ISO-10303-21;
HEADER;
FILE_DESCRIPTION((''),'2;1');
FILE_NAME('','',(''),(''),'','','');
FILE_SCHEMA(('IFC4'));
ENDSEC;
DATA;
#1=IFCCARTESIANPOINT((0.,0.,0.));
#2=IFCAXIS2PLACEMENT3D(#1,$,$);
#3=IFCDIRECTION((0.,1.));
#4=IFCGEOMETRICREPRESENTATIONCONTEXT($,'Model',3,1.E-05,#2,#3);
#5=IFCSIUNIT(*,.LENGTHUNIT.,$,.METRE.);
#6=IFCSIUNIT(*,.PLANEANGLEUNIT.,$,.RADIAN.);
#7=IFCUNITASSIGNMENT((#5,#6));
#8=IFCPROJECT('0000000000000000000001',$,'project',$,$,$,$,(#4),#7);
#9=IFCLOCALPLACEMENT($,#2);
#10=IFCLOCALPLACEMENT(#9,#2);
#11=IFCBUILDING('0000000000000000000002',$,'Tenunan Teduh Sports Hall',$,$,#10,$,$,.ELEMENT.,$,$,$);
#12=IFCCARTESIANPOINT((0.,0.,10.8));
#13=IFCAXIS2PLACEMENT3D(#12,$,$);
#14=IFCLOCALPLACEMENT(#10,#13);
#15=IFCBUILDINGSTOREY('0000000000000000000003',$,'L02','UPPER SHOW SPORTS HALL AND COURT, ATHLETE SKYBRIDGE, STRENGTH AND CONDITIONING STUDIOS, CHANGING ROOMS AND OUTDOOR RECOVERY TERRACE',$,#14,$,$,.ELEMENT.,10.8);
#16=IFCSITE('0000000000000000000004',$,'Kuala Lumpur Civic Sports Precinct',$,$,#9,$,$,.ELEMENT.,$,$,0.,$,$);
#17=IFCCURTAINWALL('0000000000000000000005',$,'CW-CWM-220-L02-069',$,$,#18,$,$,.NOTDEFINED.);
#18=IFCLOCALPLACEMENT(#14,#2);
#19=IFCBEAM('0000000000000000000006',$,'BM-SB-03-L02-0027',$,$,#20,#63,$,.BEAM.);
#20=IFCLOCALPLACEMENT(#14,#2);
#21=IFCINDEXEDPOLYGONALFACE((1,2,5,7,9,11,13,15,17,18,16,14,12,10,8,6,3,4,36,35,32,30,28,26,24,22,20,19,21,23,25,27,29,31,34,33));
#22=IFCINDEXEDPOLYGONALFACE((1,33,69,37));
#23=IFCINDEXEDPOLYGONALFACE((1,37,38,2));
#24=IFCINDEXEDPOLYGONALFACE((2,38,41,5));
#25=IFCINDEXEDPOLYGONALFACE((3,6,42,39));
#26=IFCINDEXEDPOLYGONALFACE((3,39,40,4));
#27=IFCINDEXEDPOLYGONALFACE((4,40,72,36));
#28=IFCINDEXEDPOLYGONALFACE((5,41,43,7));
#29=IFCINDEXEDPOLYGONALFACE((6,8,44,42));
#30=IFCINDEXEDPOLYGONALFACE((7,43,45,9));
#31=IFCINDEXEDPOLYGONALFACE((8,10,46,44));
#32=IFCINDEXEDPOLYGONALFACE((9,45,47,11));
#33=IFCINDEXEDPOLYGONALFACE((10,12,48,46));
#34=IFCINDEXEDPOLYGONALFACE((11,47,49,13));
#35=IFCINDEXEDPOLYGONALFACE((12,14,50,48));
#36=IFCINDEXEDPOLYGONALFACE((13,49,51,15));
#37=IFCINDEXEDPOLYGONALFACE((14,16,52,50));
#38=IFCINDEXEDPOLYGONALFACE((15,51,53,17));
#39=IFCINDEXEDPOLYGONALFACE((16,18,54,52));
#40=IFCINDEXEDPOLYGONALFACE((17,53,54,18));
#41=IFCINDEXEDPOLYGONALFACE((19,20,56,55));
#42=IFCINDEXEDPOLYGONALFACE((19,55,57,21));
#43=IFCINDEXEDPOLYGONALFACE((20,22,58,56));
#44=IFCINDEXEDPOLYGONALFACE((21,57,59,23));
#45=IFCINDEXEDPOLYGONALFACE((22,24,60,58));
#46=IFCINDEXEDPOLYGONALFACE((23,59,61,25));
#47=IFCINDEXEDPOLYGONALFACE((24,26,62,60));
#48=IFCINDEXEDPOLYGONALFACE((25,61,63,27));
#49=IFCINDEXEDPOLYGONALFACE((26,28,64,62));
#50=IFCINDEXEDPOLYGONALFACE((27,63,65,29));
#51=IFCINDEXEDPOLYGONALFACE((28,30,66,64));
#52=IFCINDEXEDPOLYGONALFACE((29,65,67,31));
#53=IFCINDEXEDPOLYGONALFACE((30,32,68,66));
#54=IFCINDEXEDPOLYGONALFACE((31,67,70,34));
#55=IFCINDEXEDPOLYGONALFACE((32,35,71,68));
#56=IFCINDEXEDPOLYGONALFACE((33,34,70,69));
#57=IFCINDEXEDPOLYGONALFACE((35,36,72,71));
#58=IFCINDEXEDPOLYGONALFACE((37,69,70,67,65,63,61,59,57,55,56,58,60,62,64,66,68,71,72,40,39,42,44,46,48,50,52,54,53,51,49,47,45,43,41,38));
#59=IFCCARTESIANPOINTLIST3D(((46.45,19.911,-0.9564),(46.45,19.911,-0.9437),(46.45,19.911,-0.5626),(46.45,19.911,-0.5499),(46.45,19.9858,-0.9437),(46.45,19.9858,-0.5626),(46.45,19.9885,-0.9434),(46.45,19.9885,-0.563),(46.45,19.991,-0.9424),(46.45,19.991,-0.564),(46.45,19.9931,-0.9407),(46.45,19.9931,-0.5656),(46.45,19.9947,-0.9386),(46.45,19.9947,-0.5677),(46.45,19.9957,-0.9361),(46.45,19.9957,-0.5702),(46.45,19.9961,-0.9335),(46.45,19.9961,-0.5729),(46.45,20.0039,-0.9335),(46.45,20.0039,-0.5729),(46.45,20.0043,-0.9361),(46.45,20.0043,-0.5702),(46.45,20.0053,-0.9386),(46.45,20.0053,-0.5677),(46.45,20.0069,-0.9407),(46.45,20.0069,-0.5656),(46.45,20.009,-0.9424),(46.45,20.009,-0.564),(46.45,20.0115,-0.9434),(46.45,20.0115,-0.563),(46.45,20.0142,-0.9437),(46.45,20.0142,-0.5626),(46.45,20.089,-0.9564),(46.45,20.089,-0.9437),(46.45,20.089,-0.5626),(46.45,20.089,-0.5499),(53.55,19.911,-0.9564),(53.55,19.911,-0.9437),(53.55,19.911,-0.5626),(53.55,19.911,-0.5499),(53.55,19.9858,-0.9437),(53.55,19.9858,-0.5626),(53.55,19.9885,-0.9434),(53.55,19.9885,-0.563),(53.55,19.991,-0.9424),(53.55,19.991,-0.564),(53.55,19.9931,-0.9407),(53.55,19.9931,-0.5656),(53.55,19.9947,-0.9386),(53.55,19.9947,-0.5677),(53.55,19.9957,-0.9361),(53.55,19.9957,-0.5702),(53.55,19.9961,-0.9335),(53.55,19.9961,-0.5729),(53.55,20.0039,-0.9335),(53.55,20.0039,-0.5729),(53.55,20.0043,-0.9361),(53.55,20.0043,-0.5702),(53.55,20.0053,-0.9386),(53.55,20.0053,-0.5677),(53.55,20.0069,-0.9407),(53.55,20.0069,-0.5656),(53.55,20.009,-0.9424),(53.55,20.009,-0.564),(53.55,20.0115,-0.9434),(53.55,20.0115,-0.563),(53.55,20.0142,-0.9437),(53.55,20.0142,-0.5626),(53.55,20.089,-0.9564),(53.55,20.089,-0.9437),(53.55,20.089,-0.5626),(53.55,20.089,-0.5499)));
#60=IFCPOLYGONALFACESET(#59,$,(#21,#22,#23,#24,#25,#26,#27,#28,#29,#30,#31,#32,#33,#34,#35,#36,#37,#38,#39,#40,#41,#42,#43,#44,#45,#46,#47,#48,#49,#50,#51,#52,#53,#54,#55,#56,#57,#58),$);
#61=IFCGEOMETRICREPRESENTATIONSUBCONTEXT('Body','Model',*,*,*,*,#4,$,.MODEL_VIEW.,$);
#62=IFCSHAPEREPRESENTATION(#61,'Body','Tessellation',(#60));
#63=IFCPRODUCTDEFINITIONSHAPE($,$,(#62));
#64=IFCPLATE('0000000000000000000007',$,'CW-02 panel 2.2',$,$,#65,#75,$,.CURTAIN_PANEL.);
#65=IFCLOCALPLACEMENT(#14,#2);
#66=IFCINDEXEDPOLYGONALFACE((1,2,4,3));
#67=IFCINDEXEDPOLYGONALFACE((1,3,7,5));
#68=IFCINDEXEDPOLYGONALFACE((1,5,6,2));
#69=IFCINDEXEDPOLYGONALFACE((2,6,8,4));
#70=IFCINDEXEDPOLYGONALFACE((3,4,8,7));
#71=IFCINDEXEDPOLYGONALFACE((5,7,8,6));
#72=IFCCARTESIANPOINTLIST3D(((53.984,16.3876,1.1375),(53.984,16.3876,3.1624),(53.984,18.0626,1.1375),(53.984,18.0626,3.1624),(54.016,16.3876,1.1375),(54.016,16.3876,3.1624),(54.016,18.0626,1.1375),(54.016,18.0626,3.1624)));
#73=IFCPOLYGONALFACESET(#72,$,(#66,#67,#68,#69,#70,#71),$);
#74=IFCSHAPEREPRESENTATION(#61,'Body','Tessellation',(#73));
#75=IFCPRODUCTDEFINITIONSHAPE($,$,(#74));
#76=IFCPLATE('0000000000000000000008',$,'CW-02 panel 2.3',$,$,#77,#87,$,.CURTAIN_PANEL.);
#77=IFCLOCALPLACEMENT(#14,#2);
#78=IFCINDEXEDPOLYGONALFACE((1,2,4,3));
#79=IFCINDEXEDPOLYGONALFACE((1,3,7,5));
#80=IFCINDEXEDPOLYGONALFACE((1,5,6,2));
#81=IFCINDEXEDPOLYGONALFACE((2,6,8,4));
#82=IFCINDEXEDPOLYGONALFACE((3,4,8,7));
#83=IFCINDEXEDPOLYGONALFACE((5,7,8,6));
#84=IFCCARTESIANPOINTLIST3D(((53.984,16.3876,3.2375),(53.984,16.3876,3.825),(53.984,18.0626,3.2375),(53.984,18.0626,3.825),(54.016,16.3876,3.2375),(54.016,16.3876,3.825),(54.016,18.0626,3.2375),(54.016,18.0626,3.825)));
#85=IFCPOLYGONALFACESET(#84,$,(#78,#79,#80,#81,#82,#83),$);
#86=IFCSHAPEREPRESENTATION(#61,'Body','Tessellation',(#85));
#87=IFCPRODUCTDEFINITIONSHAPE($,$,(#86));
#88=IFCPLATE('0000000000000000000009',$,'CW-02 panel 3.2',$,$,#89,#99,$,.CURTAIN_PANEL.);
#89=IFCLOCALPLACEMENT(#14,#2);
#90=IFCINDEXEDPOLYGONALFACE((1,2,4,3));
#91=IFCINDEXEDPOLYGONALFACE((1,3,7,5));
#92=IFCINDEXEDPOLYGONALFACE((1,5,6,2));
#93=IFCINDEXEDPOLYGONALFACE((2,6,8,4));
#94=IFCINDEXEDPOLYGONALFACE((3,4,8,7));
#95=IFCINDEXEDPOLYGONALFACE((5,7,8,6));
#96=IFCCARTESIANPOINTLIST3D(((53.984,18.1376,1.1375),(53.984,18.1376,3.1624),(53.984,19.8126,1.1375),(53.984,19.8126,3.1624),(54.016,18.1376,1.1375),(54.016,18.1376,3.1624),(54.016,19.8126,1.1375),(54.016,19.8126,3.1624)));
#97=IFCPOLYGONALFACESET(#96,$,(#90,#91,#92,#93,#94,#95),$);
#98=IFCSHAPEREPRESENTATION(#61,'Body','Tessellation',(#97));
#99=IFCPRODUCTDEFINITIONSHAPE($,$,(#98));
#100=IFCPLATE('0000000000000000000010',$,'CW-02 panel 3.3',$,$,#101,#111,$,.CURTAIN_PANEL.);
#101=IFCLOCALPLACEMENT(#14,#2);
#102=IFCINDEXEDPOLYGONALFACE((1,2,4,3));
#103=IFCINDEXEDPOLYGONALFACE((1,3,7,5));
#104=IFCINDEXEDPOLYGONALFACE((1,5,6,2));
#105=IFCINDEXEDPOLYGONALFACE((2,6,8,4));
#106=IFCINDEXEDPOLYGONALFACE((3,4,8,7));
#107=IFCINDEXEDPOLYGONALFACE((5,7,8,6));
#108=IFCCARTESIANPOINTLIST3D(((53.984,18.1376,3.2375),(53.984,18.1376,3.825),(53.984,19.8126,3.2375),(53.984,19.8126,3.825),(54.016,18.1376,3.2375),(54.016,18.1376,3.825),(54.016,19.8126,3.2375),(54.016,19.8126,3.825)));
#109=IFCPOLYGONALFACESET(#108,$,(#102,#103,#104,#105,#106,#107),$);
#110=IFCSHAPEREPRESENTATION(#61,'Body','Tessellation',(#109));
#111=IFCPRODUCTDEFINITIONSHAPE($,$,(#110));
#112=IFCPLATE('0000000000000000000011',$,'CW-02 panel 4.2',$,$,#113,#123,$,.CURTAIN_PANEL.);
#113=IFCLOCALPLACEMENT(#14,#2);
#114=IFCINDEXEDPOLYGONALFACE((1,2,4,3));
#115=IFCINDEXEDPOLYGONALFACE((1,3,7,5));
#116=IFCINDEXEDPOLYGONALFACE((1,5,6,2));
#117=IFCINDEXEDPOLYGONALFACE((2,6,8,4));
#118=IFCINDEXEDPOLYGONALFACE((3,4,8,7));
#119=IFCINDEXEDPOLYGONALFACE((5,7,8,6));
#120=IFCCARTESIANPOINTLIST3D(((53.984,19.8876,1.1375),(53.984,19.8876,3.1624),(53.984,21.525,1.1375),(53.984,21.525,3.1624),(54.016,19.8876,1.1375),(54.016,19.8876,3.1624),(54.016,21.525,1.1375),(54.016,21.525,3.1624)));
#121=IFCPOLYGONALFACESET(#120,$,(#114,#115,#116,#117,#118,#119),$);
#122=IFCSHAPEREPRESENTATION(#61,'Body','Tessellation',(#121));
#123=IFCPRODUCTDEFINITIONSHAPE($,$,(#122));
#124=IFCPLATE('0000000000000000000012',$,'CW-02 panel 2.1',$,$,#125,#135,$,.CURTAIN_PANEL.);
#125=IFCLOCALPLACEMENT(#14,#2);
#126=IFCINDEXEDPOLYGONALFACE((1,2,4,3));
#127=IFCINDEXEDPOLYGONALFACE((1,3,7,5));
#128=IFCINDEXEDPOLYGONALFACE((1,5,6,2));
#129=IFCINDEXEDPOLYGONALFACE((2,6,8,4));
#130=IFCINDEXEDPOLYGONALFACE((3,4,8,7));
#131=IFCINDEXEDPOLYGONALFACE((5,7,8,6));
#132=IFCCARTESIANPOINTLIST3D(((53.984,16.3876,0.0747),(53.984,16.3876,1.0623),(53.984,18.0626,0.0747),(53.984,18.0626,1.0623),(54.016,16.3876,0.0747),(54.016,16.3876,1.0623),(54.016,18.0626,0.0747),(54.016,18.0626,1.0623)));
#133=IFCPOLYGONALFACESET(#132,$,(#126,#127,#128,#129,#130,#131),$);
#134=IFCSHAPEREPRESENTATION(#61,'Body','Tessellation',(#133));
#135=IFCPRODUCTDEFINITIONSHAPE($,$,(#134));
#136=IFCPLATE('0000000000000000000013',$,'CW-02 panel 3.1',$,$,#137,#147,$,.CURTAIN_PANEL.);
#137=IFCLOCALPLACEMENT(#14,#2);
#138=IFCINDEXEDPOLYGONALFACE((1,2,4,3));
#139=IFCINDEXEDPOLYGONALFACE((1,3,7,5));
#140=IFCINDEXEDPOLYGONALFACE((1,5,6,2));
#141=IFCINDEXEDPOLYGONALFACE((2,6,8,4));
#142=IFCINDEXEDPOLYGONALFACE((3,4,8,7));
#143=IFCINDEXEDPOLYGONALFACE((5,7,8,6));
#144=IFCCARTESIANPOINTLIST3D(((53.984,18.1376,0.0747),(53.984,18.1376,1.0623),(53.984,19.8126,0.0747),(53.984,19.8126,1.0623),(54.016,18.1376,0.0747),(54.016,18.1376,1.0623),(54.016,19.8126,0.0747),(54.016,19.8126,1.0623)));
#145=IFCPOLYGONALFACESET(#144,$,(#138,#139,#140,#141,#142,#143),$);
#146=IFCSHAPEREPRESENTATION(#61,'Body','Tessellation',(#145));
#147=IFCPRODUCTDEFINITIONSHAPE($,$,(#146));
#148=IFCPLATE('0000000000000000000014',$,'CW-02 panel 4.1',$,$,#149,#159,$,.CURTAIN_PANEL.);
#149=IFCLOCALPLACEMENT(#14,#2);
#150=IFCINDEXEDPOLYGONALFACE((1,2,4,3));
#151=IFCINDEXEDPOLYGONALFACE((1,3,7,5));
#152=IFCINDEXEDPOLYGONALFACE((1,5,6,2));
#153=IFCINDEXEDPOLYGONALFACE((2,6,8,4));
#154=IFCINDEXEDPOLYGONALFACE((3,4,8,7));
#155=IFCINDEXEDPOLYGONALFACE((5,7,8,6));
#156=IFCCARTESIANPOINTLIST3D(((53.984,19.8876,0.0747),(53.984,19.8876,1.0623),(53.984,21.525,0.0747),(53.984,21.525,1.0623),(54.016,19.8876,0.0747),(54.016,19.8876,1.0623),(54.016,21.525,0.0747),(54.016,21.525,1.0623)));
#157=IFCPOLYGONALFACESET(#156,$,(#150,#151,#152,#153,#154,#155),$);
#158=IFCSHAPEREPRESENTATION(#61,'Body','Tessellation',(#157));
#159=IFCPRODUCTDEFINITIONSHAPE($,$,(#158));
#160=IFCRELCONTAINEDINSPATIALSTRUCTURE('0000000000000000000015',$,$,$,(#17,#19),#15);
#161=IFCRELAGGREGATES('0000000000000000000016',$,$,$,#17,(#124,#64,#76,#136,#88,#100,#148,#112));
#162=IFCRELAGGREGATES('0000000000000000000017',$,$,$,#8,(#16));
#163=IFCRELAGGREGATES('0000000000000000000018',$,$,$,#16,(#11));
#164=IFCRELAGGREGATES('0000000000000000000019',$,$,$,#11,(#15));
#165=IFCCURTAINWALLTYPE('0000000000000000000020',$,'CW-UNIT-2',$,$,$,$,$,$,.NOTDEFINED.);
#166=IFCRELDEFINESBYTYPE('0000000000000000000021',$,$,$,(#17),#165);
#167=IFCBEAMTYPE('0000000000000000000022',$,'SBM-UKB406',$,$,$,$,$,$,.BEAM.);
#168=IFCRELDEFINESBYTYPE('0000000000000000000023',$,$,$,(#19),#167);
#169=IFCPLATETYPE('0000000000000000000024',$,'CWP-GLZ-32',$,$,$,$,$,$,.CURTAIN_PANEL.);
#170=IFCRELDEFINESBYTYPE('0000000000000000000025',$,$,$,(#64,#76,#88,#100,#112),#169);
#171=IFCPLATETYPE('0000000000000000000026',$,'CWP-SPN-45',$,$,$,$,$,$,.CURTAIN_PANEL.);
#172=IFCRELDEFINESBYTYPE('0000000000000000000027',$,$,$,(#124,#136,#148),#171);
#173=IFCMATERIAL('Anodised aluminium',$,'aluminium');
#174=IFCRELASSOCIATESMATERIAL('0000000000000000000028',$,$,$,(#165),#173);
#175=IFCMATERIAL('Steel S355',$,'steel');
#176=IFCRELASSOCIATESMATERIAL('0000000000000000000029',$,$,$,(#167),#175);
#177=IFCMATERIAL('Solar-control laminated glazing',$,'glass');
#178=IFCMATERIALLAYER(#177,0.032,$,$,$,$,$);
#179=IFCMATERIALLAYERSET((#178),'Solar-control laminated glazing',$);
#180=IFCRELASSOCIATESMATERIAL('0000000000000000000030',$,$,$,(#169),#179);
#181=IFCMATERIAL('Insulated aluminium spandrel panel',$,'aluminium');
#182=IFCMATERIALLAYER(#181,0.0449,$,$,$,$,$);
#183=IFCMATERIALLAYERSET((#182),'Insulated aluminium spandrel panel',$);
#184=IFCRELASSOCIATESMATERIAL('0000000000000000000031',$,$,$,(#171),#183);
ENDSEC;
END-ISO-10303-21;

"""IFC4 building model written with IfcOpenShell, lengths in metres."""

from ifc_helpers import new_model, si_unit, direction, frame, origin, origin_2d, place, context, subcontext, project, spatial, rectangle, i_section, extrude, material, layer, layer_set, material_profile, profile_set, type_object, element, aggregate, save


model = new_model("IFC4")

# Units and contexts
model_context = context("Model", 3, precision=1e-05, world=origin(), true_north=direction((0.0, 1.0)))
body_context = subcontext(model_context, "Body", "Model", "MODEL_VIEW")
ifc_project = project(units=[si_unit("LENGTHUNIT", "METRE"), si_unit("PLANEANGLEUNIT", "RADIAN")], contexts=[model_context])

# Site, building, storey
site_placement = place(None, origin())
site = spatial("IfcSite", under=ifc_project, at=site_placement, Name="Kuala Lumpur Civic Sports Precinct", CompositionType="ELEMENT", RefElevation=0.0)
building_placement = place(site_placement, origin())
building = spatial("IfcBuilding", under=site, at=building_placement, Name="Tenunan Teduh Sports Hall", CompositionType="ELEMENT")
storey_placement = place(building_placement, frame((0.0, 0.0, 10.8)))
storey = spatial("IfcBuildingStorey", under=building, at=storey_placement, Name="L02", Description="UPPER SHOW SPORTS HALL AND COURT, ATHLETE SKYBRIDGE, STRENGTH AND CONDITIONING STUDIOS, CHANGING ROOMS AND OUTDOOR RECOVERY TERRACE", CompositionType="ELEMENT", Elevation=10.8)

# Curtain wall
ifc_material_1 = material(Name="Anodised aluminium", Category="aluminium")
curtain_wall_type = type_object("IfcCurtainWallType", Name="CW-UNIT-2", PredefinedType="NOTDEFINED", material=ifc_material_1)
curtain_wall_placement = place(storey_placement, origin())
curtain_wall = element("IfcCurtainWall", 1, at=curtain_wall_placement, inside=storey, type_object=curtain_wall_type, Name="CW-CWM-220-L02-069", PredefinedType="NOTDEFINED")

# Beam
ifc_material_2 = material(Name="Steel S355", Category="steel")
ifc_material_profile_1 = material_profile(ifc_material_2, i_section(OverallWidth=0.178, OverallDepth=0.4065, WebThickness=0.0078, FlangeThickness=0.0127, FilletRadius=0.0103, at=origin_2d()), Name="UKB 406x178x60")
ifc_profile_set_1 = profile_set([ifc_material_profile_1], Name="Steel S355")
beam_type = type_object("IfcBeamType", Name="SBM-UKB406", PredefinedType="BEAM", material=ifc_profile_set_1)
beam_placement = place(storey_placement, frame((46.45, 20.0, -0.7532), z_axis=(1.0, 0.0, 0.0), x_axis=(0.0, 1.0, 0.0)))
element("IfcBeam", 2, at=beam_placement, inside=storey, type_object=beam_type, Name="BM-SB-03-L02-0027", PredefinedType="BEAM", context=body_context, shape_type="SweptSolid", body=[
    extrude(i_section(OverallWidth=0.178, OverallDepth=0.4065, WebThickness=0.0078, FlangeThickness=0.0127, FilletRadius=0.0103, at=origin_2d()), origin(), (0.0, 0.0, 1.0), 7.1001),
])

# Plates
ifc_material_3 = material(Name="Solar-control laminated glazing", Category="glass")
ifc_layer_1 = layer(ifc_material_3, 0.032)
ifc_layer_set_1 = layer_set([ifc_layer_1], Name="Solar-control laminated glazing")
plate_type_1 = type_object("IfcPlateType", Name="CWP-GLZ-32", PredefinedType="CURTAIN_PANEL", material=ifc_layer_set_1)
plate_1_placement = place(storey_placement, frame((54.0, 17.2251, 1.1375), z_axis=(0.0, 0.0, 1.0), x_axis=(0.0, 1.0, 0.0)))
plate_1 = element("IfcPlate", 3, at=plate_1_placement, type_object=plate_type_1, Name="CW-02 panel 2.2", PredefinedType="CURTAIN_PANEL", context=body_context, shape_type="SweptSolid", body=[
    extrude(rectangle(XDim=1.675, YDim=0.032, at=origin_2d()), origin(), (0.0, 0.0, 1.0), 2.0249),
])
plate_2_placement = place(storey_placement, frame((54.0, 17.2251, 3.2375), z_axis=(0.0, 0.0, 1.0), x_axis=(0.0, 1.0, 0.0)))
plate_2 = element("IfcPlate", 4, at=plate_2_placement, type_object=plate_type_1, Name="CW-02 panel 2.3", PredefinedType="CURTAIN_PANEL", context=body_context, shape_type="SweptSolid", body=[
    extrude(rectangle(XDim=1.675, YDim=0.032, at=origin_2d()), origin(), (0.0, 0.0, 1.0), 0.5874),
])
plate_3_placement = place(storey_placement, frame((54.0, 18.9751, 1.1375), z_axis=(0.0, 0.0, 1.0), x_axis=(0.0, 1.0, 0.0)))
plate_3 = element("IfcPlate", 5, at=plate_3_placement, type_object=plate_type_1, Name="CW-02 panel 3.2", PredefinedType="CURTAIN_PANEL", context=body_context, shape_type="SweptSolid", body=[
    extrude(rectangle(XDim=1.675, YDim=0.032, at=origin_2d()), origin(), (0.0, 0.0, 1.0), 2.0249),
])
plate_4_placement = place(storey_placement, frame((54.0, 18.9751, 3.2375), z_axis=(0.0, 0.0, 1.0), x_axis=(0.0, 1.0, 0.0)))
plate_4 = element("IfcPlate", 6, at=plate_4_placement, type_object=plate_type_1, Name="CW-02 panel 3.3", PredefinedType="CURTAIN_PANEL", context=body_context, shape_type="SweptSolid", body=[
    extrude(rectangle(XDim=1.675, YDim=0.032, at=origin_2d()), origin(), (0.0, 0.0, 1.0), 0.5874),
])
plate_5_placement = place(storey_placement, frame((54.0, 20.7063, 1.1375), z_axis=(0.0, 0.0, 1.0), x_axis=(0.0, 1.0, 0.0)))
plate_5 = element("IfcPlate", 7, at=plate_5_placement, type_object=plate_type_1, Name="CW-02 panel 4.2", PredefinedType="CURTAIN_PANEL", context=body_context, shape_type="SweptSolid", body=[
    extrude(rectangle(XDim=1.6375, YDim=0.032, at=origin_2d()), origin(), (0.0, 0.0, 1.0), 2.0249),
])
ifc_material_4 = material(Name="Insulated aluminium spandrel panel", Category="aluminium")
ifc_layer_2 = layer(ifc_material_4, 0.0449)
ifc_layer_set_2 = layer_set([ifc_layer_2], Name="Insulated aluminium spandrel panel")
plate_type_2 = type_object("IfcPlateType", Name="CWP-SPN-45", PredefinedType="CURTAIN_PANEL", material=ifc_layer_set_2)
plate_6_placement = place(storey_placement, frame((54.0, 17.2251, 0.0747), z_axis=(0.0, 0.0, 1.0), x_axis=(0.0, 1.0, 0.0)))
plate_6 = element("IfcPlate", 8, at=plate_6_placement, type_object=plate_type_2, Name="CW-02 panel 2.1", PredefinedType="CURTAIN_PANEL", context=body_context, shape_type="SweptSolid", body=[
    extrude(rectangle(XDim=1.675, YDim=0.032, at=origin_2d()), origin(), (0.0, 0.0, 1.0), 0.9875),
])
plate_7_placement = place(storey_placement, frame((54.0, 18.9751, 0.0747), z_axis=(0.0, 0.0, 1.0), x_axis=(0.0, 1.0, 0.0)))
plate_7 = element("IfcPlate", 9, at=plate_7_placement, type_object=plate_type_2, Name="CW-02 panel 3.1", PredefinedType="CURTAIN_PANEL", context=body_context, shape_type="SweptSolid", body=[
    extrude(rectangle(XDim=1.675, YDim=0.032, at=origin_2d()), origin(), (0.0, 0.0, 1.0), 0.9875),
])
plate_8_placement = place(storey_placement, frame((54.0, 20.7063, 0.0747), z_axis=(0.0, 0.0, 1.0), x_axis=(0.0, 1.0, 0.0)))
plate_8 = element("IfcPlate", 10, at=plate_8_placement, type_object=plate_type_2, Name="CW-02 panel 4.1", PredefinedType="CURTAIN_PANEL", context=body_context, shape_type="SweptSolid", body=[
    extrude(rectangle(XDim=1.6375, YDim=0.032, at=origin_2d()), origin(), (0.0, 0.0, 1.0), 0.9875),
])
aggregate(curtain_wall, [plate_6, plate_1, plate_2, plate_7, plate_3, plate_4, plate_8, plate_5])

save(model, "model.ifc")
